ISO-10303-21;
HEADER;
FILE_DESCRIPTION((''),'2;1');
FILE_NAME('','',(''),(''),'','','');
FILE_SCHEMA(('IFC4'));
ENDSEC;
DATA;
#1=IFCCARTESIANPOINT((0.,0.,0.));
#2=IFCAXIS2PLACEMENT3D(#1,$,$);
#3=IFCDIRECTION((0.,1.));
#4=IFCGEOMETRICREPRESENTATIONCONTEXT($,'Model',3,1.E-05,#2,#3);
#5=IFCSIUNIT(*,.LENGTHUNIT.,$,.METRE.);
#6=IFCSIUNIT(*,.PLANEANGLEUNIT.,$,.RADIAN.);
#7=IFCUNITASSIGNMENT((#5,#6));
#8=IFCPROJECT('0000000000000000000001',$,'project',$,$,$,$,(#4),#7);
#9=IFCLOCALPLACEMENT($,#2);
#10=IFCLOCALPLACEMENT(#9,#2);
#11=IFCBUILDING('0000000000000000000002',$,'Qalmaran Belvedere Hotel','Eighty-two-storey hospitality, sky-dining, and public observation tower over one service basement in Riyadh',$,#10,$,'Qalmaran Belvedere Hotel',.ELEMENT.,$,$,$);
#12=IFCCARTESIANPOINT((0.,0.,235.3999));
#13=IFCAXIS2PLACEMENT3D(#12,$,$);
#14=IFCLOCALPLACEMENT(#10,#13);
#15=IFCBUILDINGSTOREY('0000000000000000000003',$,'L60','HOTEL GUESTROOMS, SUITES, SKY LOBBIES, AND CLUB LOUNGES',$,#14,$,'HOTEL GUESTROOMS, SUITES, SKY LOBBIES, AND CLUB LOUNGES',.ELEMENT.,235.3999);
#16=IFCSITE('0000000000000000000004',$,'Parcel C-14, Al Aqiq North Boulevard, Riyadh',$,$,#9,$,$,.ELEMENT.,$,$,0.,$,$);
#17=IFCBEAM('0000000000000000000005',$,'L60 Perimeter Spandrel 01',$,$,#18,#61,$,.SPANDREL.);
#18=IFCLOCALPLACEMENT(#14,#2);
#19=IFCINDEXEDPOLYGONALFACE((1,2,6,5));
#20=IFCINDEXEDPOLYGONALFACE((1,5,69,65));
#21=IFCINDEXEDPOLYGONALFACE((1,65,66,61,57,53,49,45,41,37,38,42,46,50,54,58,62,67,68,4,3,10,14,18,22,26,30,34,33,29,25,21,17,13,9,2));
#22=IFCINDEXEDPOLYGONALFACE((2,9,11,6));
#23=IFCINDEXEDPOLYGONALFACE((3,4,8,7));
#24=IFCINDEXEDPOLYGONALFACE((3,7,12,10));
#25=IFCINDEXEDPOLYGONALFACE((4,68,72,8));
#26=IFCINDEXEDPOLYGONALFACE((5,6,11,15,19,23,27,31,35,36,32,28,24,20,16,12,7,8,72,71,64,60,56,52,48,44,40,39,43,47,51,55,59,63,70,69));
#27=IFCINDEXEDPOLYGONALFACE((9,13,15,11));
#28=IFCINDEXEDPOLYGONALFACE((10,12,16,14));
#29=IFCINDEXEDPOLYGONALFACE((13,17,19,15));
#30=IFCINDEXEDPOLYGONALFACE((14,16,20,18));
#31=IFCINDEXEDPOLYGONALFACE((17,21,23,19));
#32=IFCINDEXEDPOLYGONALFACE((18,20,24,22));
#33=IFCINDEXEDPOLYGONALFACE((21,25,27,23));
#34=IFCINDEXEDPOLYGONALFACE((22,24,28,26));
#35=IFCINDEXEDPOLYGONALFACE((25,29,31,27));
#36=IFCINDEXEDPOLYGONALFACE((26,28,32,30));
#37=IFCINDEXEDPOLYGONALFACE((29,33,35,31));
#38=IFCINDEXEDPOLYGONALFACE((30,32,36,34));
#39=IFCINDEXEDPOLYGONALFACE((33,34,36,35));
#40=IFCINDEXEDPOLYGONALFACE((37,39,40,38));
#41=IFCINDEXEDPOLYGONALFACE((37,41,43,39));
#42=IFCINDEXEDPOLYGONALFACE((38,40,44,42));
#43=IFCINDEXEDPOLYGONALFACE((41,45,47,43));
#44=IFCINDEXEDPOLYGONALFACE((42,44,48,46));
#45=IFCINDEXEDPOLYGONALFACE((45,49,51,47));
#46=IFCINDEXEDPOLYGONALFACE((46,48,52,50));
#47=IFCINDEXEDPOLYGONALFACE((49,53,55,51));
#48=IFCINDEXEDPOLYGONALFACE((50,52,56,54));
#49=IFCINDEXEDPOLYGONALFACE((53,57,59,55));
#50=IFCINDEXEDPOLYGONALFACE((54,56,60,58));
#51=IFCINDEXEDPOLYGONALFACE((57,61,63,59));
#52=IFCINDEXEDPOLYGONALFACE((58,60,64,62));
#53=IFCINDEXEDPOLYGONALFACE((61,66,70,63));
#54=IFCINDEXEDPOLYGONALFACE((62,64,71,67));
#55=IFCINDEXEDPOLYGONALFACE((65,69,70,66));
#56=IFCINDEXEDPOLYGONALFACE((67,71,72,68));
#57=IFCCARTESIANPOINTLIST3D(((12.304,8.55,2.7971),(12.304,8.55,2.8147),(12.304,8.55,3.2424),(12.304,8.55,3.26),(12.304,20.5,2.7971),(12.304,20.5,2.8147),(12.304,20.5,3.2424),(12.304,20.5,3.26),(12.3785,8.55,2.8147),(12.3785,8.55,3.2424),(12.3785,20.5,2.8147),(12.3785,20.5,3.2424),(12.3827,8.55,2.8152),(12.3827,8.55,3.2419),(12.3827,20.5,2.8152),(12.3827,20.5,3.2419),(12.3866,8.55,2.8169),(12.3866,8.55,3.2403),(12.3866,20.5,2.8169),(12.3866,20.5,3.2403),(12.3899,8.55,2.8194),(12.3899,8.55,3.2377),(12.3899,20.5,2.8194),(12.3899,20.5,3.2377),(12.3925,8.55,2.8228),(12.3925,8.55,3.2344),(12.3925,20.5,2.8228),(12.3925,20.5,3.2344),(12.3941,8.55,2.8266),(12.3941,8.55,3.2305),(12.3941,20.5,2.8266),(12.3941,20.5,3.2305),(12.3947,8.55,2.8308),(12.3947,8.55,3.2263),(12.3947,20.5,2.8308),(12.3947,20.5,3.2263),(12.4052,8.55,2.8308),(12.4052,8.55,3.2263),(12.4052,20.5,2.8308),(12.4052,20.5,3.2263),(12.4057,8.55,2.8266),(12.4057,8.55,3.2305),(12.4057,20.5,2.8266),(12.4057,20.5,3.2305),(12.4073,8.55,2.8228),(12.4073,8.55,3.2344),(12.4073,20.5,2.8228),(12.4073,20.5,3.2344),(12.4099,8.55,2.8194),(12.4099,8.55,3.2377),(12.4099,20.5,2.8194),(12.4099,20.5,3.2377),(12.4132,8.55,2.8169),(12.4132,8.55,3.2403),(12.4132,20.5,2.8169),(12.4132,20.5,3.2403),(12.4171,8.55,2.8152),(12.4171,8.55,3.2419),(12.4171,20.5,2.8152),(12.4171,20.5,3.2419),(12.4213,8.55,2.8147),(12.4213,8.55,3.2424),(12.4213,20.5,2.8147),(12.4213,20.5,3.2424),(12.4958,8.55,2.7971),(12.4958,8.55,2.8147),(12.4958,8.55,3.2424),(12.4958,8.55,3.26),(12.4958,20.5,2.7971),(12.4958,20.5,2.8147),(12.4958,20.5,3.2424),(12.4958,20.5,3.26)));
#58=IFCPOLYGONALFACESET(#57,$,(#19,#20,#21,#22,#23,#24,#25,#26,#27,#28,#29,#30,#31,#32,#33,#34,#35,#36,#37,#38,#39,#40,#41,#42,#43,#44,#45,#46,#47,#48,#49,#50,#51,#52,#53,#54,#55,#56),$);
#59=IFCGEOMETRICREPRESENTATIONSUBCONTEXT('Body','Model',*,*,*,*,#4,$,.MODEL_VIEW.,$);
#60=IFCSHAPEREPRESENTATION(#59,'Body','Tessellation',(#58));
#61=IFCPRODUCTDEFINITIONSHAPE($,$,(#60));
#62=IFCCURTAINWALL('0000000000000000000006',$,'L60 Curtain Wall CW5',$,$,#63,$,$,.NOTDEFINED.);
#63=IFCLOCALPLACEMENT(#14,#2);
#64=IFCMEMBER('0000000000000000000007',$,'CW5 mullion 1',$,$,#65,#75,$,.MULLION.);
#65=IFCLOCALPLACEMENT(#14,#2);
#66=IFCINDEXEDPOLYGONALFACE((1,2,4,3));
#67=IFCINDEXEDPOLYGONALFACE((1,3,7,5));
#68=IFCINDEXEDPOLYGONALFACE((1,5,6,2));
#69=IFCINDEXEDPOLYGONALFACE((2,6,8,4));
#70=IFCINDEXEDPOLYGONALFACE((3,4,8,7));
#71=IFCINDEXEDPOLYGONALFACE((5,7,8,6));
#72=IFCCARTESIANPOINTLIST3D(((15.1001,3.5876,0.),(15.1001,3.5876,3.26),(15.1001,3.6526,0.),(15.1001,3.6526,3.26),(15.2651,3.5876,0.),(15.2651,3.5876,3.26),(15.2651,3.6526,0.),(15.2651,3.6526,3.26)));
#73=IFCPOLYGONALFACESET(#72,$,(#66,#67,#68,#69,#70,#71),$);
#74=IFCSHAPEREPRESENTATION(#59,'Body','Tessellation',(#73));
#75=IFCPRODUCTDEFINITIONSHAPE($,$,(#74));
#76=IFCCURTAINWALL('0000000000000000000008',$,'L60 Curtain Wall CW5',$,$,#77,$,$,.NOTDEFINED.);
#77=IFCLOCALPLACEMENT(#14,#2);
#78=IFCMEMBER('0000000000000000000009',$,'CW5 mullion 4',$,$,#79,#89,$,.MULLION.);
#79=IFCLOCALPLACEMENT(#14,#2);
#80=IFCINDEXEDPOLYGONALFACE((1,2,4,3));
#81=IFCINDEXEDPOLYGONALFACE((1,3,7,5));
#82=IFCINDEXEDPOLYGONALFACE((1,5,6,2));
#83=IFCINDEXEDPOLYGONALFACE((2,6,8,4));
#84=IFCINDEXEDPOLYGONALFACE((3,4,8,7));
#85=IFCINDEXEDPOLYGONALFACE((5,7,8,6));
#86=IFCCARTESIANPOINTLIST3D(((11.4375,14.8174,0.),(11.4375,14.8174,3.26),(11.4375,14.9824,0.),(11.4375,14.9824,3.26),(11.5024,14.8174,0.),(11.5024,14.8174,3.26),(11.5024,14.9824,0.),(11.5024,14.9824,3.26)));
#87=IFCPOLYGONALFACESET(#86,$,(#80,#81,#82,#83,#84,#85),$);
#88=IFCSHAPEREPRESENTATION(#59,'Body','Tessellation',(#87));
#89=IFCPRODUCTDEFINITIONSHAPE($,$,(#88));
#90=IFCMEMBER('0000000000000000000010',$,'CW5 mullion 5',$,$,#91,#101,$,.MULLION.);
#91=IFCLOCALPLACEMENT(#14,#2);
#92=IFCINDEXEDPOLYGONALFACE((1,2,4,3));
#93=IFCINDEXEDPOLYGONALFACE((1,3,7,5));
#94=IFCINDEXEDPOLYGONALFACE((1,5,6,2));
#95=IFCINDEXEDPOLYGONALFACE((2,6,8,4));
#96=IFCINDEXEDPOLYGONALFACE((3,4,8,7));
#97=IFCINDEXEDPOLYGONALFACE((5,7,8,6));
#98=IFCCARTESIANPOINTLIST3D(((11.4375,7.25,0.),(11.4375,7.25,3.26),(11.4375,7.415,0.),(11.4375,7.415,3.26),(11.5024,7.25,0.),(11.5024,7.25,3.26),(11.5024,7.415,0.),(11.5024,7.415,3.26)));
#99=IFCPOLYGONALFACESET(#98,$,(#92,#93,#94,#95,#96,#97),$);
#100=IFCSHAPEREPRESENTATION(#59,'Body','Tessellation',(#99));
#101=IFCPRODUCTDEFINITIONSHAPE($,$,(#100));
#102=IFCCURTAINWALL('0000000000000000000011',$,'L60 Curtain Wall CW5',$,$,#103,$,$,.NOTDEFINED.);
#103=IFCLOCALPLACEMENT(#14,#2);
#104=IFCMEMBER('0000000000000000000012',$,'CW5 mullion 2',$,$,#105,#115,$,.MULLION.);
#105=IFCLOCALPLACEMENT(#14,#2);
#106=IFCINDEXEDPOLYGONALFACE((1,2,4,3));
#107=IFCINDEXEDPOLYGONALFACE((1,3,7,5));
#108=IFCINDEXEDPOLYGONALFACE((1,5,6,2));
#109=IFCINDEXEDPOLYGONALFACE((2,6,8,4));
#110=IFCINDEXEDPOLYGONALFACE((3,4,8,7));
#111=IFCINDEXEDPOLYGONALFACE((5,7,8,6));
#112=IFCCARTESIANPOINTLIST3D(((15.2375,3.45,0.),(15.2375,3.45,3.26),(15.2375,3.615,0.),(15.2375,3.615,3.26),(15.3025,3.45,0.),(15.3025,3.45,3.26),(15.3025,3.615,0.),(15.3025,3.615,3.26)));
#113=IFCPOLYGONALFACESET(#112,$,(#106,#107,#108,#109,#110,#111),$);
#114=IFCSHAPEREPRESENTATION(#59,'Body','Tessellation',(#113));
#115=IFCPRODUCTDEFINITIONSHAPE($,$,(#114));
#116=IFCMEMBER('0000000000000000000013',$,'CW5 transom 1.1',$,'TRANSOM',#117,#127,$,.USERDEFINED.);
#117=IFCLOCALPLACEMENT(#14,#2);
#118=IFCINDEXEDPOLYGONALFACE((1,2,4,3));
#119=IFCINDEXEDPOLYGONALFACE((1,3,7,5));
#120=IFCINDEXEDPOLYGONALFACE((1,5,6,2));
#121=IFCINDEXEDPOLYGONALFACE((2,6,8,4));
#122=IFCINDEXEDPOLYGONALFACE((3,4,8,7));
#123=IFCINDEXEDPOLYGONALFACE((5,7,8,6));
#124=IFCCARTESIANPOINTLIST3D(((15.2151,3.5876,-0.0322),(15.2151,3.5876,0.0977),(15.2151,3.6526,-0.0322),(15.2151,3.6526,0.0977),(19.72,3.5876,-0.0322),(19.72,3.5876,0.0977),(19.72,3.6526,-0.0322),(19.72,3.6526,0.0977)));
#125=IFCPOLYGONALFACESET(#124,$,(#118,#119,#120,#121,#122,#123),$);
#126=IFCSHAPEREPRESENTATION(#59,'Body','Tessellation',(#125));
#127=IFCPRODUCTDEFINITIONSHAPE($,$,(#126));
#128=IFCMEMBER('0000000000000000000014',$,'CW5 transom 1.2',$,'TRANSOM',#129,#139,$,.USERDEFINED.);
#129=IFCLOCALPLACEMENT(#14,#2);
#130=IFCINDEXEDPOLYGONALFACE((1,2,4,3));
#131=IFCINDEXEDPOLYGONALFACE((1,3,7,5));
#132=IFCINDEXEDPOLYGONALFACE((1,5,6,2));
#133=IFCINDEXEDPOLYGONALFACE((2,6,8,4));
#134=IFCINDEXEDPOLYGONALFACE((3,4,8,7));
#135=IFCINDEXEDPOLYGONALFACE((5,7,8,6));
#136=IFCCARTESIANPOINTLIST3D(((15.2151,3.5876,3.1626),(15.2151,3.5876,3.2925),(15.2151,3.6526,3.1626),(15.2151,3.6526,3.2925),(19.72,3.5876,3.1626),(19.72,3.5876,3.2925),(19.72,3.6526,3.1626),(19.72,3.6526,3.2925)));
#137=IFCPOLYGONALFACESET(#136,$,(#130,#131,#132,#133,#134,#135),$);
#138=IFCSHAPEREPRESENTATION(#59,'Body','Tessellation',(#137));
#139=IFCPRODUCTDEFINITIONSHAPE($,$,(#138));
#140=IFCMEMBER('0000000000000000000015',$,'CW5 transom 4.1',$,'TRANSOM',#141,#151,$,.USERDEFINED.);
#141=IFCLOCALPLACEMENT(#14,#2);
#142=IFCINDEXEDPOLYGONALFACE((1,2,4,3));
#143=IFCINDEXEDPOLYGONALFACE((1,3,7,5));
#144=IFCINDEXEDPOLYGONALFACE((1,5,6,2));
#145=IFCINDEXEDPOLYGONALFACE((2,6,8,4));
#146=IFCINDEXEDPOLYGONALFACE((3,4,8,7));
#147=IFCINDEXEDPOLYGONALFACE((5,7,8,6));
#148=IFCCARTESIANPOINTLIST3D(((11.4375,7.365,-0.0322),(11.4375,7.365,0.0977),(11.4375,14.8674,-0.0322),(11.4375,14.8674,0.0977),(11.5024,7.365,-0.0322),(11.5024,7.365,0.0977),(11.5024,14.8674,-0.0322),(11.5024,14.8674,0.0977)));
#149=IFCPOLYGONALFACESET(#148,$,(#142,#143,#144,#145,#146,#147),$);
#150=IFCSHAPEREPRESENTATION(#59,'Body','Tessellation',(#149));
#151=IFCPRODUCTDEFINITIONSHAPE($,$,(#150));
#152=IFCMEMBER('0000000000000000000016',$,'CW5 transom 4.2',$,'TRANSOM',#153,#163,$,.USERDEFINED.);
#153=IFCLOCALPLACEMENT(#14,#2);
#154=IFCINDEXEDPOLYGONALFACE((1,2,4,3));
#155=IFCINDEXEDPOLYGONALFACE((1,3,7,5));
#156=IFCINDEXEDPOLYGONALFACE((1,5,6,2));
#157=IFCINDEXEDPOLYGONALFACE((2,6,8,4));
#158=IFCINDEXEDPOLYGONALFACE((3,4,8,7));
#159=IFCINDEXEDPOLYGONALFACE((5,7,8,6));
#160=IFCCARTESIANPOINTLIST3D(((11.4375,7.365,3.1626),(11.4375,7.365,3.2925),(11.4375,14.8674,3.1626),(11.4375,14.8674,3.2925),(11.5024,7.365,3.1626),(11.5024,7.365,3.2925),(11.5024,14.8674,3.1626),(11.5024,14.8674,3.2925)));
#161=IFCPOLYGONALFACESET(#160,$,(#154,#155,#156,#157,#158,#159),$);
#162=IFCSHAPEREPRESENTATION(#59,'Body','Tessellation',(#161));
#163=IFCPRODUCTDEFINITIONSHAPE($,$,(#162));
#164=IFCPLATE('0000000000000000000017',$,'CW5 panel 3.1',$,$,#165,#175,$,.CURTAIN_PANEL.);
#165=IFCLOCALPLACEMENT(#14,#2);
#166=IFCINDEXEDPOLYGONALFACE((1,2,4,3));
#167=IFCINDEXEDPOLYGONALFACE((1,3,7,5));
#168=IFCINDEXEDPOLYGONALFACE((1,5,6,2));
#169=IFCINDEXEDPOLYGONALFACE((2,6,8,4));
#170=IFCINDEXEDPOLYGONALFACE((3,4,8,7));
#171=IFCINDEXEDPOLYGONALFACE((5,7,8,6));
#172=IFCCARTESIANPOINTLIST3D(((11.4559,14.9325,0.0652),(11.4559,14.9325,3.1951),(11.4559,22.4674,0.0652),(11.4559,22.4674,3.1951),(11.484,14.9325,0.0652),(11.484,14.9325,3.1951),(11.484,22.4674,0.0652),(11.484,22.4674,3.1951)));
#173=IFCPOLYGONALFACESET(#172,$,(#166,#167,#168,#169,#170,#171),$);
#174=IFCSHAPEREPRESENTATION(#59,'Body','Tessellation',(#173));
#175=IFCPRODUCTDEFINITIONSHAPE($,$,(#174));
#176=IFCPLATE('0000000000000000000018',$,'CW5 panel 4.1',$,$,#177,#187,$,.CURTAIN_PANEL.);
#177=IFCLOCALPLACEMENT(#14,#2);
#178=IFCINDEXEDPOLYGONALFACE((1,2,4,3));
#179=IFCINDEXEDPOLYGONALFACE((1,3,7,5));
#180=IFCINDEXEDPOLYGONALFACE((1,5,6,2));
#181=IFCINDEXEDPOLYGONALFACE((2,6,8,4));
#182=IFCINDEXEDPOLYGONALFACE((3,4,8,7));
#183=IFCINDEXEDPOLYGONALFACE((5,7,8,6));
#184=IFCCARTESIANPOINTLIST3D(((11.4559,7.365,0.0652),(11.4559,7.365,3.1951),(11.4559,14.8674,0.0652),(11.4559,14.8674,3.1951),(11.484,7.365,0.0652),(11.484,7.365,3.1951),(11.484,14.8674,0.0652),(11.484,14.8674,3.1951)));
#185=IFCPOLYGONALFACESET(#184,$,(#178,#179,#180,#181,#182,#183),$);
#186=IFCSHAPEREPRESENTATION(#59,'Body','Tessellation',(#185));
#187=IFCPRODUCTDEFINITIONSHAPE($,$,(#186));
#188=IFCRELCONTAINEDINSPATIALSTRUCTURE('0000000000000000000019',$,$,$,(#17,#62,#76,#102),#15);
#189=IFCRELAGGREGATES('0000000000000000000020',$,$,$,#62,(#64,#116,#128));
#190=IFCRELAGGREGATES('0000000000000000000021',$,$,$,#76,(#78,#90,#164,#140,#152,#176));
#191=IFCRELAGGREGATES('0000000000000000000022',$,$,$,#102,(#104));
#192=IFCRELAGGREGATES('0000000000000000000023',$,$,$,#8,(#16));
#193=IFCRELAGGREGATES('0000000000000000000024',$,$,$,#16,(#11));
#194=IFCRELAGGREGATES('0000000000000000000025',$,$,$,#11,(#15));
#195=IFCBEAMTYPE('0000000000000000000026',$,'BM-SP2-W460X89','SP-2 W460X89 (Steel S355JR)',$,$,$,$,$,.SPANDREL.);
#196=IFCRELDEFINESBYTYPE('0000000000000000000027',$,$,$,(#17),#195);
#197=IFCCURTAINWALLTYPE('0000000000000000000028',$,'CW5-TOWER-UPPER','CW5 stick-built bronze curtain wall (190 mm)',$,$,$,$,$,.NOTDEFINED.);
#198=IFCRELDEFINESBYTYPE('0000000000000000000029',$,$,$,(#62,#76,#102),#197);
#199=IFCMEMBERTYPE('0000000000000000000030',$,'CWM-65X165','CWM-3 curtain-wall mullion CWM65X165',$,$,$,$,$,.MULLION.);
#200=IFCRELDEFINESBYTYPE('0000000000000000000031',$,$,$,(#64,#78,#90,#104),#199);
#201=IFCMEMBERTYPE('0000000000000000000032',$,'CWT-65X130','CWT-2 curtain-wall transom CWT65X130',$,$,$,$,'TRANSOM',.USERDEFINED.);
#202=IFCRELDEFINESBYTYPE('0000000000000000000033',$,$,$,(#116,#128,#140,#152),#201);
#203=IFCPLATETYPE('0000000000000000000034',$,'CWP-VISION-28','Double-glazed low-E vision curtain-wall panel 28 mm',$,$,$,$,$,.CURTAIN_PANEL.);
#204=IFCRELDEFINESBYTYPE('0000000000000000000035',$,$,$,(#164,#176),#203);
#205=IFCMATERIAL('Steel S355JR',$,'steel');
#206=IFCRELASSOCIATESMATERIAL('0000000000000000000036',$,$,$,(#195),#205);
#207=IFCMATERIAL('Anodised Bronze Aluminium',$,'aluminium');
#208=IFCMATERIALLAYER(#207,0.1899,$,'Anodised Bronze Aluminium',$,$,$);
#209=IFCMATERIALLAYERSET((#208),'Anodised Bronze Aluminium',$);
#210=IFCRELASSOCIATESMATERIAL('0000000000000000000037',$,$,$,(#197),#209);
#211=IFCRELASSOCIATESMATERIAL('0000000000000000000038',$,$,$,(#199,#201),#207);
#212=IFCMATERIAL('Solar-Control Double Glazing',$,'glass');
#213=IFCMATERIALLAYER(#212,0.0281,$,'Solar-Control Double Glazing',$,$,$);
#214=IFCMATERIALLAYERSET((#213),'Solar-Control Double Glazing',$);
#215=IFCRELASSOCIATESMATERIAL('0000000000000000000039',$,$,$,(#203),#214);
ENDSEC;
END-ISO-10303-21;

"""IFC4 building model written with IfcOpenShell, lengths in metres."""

from ifc_helpers import new_model, si_unit, direction, frame, origin, origin_2d, place, context, subcontext, project, spatial, rectangle, i_section, extrude, material, layer, layer_set, material_profile, profile_set, type_object, element, aggregate, save


model = new_model("IFC4")

# Units and contexts
model_context = context("Model", 3, precision=1e-05, world=origin(), true_north=direction((0.0, 1.0)))
body_context = subcontext(model_context, "Body", "Model", "MODEL_VIEW")
ifc_project = project(units=[si_unit("LENGTHUNIT", "METRE"), si_unit("PLANEANGLEUNIT", "RADIAN")], contexts=[model_context])

# Site, building, storey
site_placement = place(None, origin())
site = spatial("IfcSite", under=ifc_project, at=site_placement, Name="Parcel C-14, Al Aqiq North Boulevard, Riyadh", CompositionType="ELEMENT", RefElevation=0.0)
building_placement = place(site_placement, origin())
building = spatial("IfcBuilding", under=site, at=building_placement, Name="Qalmaran Belvedere Hotel", Description="Eighty-two-storey hospitality, sky-dining, and public observation tower over one service basement in Riyadh", LongName="Qalmaran Belvedere Hotel", CompositionType="ELEMENT")
storey_placement = place(building_placement, frame((0.0, 0.0, 235.3999)))
storey = spatial("IfcBuildingStorey", under=building, at=storey_placement, Name="L60", Description="HOTEL GUESTROOMS, SUITES, SKY LOBBIES, AND CLUB LOUNGES", LongName="HOTEL GUESTROOMS, SUITES, SKY LOBBIES, AND CLUB LOUNGES", CompositionType="ELEMENT", Elevation=235.3999)

# Beam
ifc_material_1 = material(Name="Steel S355JR", Category="steel")
ifc_material_profile_1 = material_profile(ifc_material_1, i_section(OverallWidth=0.1919, OverallDepth=0.4629, WebThickness=0.0105, FlangeThickness=0.0176, FilletRadius=0.0161, at=origin_2d()), Name="W460X89")
ifc_profile_set_1 = profile_set([ifc_material_profile_1], Name="Steel S355JR")
beam_type_1 = type_object("IfcBeamType", Name="BM-SP2-W460X89", Description="SP-2 W460X89 (Steel S355JR)", PredefinedType="SPANDREL", material=ifc_profile_set_1)
beam_1_placement = place(storey_placement, frame((12.3999, 8.55, 3.0286), z_axis=(0.0, 1.0, 0.0), x_axis=(-1.0, 0.0, 0.0)))
element("IfcBeam", 1, at=beam_1_placement, inside=storey, type_object=beam_type_1, Name="L60 Perimeter Spandrel 01", PredefinedType="SPANDREL", context=body_context, shape_type="SweptSolid", body=[
    extrude(i_section(OverallWidth=0.1919, OverallDepth=0.4629, WebThickness=0.0105, FlangeThickness=0.0176, FilletRadius=0.0161, at=origin_2d()), origin(), (0.0, 0.0, 1.0), 11.95),
])

# Curtain wall, member
ifc_material_2 = material(Name="Anodised Bronze Aluminium", Category="aluminium")
ifc_layer_1 = layer(ifc_material_2, 0.1899, Name="Anodised Bronze Aluminium")
ifc_layer_set_1 = layer_set([ifc_layer_1], Name="Anodised Bronze Aluminium")
curtain_wall_type = type_object("IfcCurtainWallType", Name="CW5-TOWER-UPPER", Description="CW5 stick-built bronze curtain wall (190 mm)", PredefinedType="NOTDEFINED", material=ifc_layer_set_1)
curtain_wall_1_placement = place(storey_placement, origin())
curtain_wall_1 = element("IfcCurtainWall", 2, at=curtain_wall_1_placement, inside=storey, type_object=curtain_wall_type, Name="L60 Curtain Wall CW5", PredefinedType="NOTDEFINED")
ifc_material_profile_2 = material_profile(ifc_material_2, rectangle(XDim=0.0649, YDim=0.165, at=origin_2d()), Name="CWM65X165")
ifc_profile_set_2 = profile_set([ifc_material_profile_2], Name="Anodised Bronze Aluminium")
member_type_1 = type_object("IfcMemberType", Name="CWM-65X165", Description="CWM-3 curtain-wall mullion CWM65X165", PredefinedType="MULLION", material=ifc_profile_set_2)
member_1_placement = place(storey_placement, frame((15.1826, 3.6201, 0.0), z_axis=(0.0, 0.0, 1.0), x_axis=(0.0, 1.0, 0.0)))
member_1 = element("IfcMember", 3, at=member_1_placement, type_object=member_type_1, Name="CW5 mullion 1", PredefinedType="MULLION", context=body_context, shape_type="SweptSolid", body=[
    extrude(rectangle(XDim=0.0649, YDim=0.165, at=origin_2d()), origin(), (0.0, 0.0, 1.0), 3.26),
])

# Curtain wall, members
curtain_wall_2_placement = place(storey_placement, origin())
curtain_wall_2 = element("IfcCurtainWall", 4, at=curtain_wall_2_placement, inside=storey, type_object=curtain_wall_type, Name="L60 Curtain Wall CW5", PredefinedType="NOTDEFINED")
member_2_placement = place(storey_placement, frame((11.47, 14.8999, 0.0), z_axis=(0.0, 0.0, 1.0), x_axis=(1.0, 0.0, 0.0)))
member_2 = element("IfcMember", 5, at=member_2_placement, type_object=member_type_1, Name="CW5 mullion 4", PredefinedType="MULLION", context=body_context, shape_type="SweptSolid", body=[
    extrude(rectangle(XDim=0.0649, YDim=0.165, at=origin_2d()), origin(), (0.0, 0.0, 1.0), 3.26),
])
member_3_placement = place(storey_placement, frame((11.47, 7.3325, 0.0), z_axis=(0.0, 0.0, 1.0), x_axis=(1.0, 0.0, 0.0)))
member_3 = element("IfcMember", 6, at=member_3_placement, type_object=member_type_1, Name="CW5 mullion 5", PredefinedType="MULLION", context=body_context, shape_type="SweptSolid", body=[
    extrude(rectangle(XDim=0.0649, YDim=0.165, at=origin_2d()), origin(), (0.0, 0.0, 1.0), 3.26),
])

# Curtain wall, member
curtain_wall_3_placement = place(storey_placement, origin())
curtain_wall_3 = element("IfcCurtainWall", 7, at=curtain_wall_3_placement, inside=storey, type_object=curtain_wall_type, Name="L60 Curtain Wall CW5", PredefinedType="NOTDEFINED")
member_4_placement = place(storey_placement, frame((15.27, 3.5325, 0.0), z_axis=(0.0, 0.0, 1.0), x_axis=(1.0, 0.0, 0.0)))
member_4 = element("IfcMember", 8, at=member_4_placement, type_object=member_type_1, Name="CW5 mullion 2", PredefinedType="MULLION", context=body_context, shape_type="SweptSolid", body=[
    extrude(rectangle(XDim=0.0649, YDim=0.165, at=origin_2d()), origin(), (0.0, 0.0, 1.0), 3.26),
])

# Members
ifc_material_profile_3 = material_profile(ifc_material_2, rectangle(XDim=0.0649, YDim=0.1299, at=origin_2d()), Name="CWT65X130")
ifc_profile_set_3 = profile_set([ifc_material_profile_3], Name="Anodised Bronze Aluminium")
member_type_2 = type_object("IfcMemberType", Name="CWT-65X130", Description="CWT-2 curtain-wall transom CWT65X130", ElementType="TRANSOM", PredefinedType="USERDEFINED", material=ifc_profile_set_3)
member_5_placement = place(storey_placement, frame((15.2151, 3.6201, 0.0327), z_axis=(1.0, 0.0, 0.0), x_axis=(0.0, 1.0, 0.0)))
member_5 = element("IfcMember", 9, at=member_5_placement, type_object=member_type_2, Name="CW5 transom 1.1", ObjectType="TRANSOM", PredefinedType="USERDEFINED", context=body_context, shape_type="SweptSolid", body=[
    extrude(rectangle(XDim=0.0649, YDim=0.1299, at=origin_2d()), origin(), (0.0, 0.0, 1.0), 4.5049),
])
member_6_placement = place(storey_placement, frame((15.2151, 3.6201, 3.2275), z_axis=(1.0, 0.0, 0.0), x_axis=(0.0, 1.0, 0.0)))
member_6 = element("IfcMember", 10, at=member_6_placement, type_object=member_type_2, Name="CW5 transom 1.2", ObjectType="TRANSOM", PredefinedType="USERDEFINED", context=body_context, shape_type="SweptSolid", body=[
    extrude(rectangle(XDim=0.0649, YDim=0.1299, at=origin_2d()), origin(), (0.0, 0.0, 1.0), 4.5049),
])
aggregate(curtain_wall_1, [member_1, member_5, member_6])
member_7_placement = place(storey_placement, frame((11.47, 14.8674, 0.0327), z_axis=(0.0, -1.0, 0.0), x_axis=(1.0, 0.0, 0.0)))
member_7 = element("IfcMember", 11, at=member_7_placement, type_object=member_type_2, Name="CW5 transom 4.1", ObjectType="TRANSOM", PredefinedType="USERDEFINED", context=body_context, shape_type="SweptSolid", body=[
    extrude(rectangle(XDim=0.0649, YDim=0.1299, at=origin_2d()), origin(), (0.0, 0.0, 1.0), 7.5024),
])
member_8_placement = place(storey_placement, frame((11.47, 14.8674, 3.2275), z_axis=(0.0, -1.0, 0.0), x_axis=(1.0, 0.0, 0.0)))
member_8 = element("IfcMember", 12, at=member_8_placement, type_object=member_type_2, Name="CW5 transom 4.2", ObjectType="TRANSOM", PredefinedType="USERDEFINED", context=body_context, shape_type="SweptSolid", body=[
    extrude(rectangle(XDim=0.0649, YDim=0.1299, at=origin_2d()), origin(), (0.0, 0.0, 1.0), 7.5024),
])

# Plates
ifc_material_3 = material(Name="Solar-Control Double Glazing", Category="glass")
ifc_layer_2 = layer(ifc_material_3, 0.0281, Name="Solar-Control Double Glazing")
ifc_layer_set_2 = layer_set([ifc_layer_2], Name="Solar-Control Double Glazing")
plate_type = type_object("IfcPlateType", Name="CWP-VISION-28", Description="Double-glazed low-E vision curtain-wall panel 28 mm", PredefinedType="CURTAIN_PANEL", material=ifc_layer_set_2)
plate_1_placement = place(storey_placement, frame((11.47, 18.7, 0.0652), z_axis=(0.0, 0.0, 1.0), x_axis=(0.0, -1.0, 0.0)))
plate_1 = element("IfcPlate", 13, at=plate_1_placement, type_object=plate_type, Name="CW5 panel 3.1", PredefinedType="CURTAIN_PANEL", context=body_context, shape_type="SweptSolid", body=[
    extrude(rectangle(XDim=7.5349, YDim=0.0281, at=origin_2d()), origin(), (0.0, 0.0, 1.0), 3.1299),
])
plate_2_placement = place(storey_placement, frame((11.47, 11.1162, 0.0652), z_axis=(0.0, 0.0, 1.0), x_axis=(0.0, -1.0, 0.0)))
plate_2 = element("IfcPlate", 14, at=plate_2_placement, type_object=plate_type, Name="CW5 panel 4.1", PredefinedType="CURTAIN_PANEL", context=body_context, shape_type="SweptSolid", body=[
    extrude(rectangle(XDim=7.5024, YDim=0.0281, at=origin_2d()), origin(), (0.0, 0.0, 1.0), 3.1299),
])
aggregate(curtain_wall_2, [member_2, member_3, plate_1, member_7, member_8, plate_2])
aggregate(curtain_wall_3, [member_4])

save(model, "model.ifc")
